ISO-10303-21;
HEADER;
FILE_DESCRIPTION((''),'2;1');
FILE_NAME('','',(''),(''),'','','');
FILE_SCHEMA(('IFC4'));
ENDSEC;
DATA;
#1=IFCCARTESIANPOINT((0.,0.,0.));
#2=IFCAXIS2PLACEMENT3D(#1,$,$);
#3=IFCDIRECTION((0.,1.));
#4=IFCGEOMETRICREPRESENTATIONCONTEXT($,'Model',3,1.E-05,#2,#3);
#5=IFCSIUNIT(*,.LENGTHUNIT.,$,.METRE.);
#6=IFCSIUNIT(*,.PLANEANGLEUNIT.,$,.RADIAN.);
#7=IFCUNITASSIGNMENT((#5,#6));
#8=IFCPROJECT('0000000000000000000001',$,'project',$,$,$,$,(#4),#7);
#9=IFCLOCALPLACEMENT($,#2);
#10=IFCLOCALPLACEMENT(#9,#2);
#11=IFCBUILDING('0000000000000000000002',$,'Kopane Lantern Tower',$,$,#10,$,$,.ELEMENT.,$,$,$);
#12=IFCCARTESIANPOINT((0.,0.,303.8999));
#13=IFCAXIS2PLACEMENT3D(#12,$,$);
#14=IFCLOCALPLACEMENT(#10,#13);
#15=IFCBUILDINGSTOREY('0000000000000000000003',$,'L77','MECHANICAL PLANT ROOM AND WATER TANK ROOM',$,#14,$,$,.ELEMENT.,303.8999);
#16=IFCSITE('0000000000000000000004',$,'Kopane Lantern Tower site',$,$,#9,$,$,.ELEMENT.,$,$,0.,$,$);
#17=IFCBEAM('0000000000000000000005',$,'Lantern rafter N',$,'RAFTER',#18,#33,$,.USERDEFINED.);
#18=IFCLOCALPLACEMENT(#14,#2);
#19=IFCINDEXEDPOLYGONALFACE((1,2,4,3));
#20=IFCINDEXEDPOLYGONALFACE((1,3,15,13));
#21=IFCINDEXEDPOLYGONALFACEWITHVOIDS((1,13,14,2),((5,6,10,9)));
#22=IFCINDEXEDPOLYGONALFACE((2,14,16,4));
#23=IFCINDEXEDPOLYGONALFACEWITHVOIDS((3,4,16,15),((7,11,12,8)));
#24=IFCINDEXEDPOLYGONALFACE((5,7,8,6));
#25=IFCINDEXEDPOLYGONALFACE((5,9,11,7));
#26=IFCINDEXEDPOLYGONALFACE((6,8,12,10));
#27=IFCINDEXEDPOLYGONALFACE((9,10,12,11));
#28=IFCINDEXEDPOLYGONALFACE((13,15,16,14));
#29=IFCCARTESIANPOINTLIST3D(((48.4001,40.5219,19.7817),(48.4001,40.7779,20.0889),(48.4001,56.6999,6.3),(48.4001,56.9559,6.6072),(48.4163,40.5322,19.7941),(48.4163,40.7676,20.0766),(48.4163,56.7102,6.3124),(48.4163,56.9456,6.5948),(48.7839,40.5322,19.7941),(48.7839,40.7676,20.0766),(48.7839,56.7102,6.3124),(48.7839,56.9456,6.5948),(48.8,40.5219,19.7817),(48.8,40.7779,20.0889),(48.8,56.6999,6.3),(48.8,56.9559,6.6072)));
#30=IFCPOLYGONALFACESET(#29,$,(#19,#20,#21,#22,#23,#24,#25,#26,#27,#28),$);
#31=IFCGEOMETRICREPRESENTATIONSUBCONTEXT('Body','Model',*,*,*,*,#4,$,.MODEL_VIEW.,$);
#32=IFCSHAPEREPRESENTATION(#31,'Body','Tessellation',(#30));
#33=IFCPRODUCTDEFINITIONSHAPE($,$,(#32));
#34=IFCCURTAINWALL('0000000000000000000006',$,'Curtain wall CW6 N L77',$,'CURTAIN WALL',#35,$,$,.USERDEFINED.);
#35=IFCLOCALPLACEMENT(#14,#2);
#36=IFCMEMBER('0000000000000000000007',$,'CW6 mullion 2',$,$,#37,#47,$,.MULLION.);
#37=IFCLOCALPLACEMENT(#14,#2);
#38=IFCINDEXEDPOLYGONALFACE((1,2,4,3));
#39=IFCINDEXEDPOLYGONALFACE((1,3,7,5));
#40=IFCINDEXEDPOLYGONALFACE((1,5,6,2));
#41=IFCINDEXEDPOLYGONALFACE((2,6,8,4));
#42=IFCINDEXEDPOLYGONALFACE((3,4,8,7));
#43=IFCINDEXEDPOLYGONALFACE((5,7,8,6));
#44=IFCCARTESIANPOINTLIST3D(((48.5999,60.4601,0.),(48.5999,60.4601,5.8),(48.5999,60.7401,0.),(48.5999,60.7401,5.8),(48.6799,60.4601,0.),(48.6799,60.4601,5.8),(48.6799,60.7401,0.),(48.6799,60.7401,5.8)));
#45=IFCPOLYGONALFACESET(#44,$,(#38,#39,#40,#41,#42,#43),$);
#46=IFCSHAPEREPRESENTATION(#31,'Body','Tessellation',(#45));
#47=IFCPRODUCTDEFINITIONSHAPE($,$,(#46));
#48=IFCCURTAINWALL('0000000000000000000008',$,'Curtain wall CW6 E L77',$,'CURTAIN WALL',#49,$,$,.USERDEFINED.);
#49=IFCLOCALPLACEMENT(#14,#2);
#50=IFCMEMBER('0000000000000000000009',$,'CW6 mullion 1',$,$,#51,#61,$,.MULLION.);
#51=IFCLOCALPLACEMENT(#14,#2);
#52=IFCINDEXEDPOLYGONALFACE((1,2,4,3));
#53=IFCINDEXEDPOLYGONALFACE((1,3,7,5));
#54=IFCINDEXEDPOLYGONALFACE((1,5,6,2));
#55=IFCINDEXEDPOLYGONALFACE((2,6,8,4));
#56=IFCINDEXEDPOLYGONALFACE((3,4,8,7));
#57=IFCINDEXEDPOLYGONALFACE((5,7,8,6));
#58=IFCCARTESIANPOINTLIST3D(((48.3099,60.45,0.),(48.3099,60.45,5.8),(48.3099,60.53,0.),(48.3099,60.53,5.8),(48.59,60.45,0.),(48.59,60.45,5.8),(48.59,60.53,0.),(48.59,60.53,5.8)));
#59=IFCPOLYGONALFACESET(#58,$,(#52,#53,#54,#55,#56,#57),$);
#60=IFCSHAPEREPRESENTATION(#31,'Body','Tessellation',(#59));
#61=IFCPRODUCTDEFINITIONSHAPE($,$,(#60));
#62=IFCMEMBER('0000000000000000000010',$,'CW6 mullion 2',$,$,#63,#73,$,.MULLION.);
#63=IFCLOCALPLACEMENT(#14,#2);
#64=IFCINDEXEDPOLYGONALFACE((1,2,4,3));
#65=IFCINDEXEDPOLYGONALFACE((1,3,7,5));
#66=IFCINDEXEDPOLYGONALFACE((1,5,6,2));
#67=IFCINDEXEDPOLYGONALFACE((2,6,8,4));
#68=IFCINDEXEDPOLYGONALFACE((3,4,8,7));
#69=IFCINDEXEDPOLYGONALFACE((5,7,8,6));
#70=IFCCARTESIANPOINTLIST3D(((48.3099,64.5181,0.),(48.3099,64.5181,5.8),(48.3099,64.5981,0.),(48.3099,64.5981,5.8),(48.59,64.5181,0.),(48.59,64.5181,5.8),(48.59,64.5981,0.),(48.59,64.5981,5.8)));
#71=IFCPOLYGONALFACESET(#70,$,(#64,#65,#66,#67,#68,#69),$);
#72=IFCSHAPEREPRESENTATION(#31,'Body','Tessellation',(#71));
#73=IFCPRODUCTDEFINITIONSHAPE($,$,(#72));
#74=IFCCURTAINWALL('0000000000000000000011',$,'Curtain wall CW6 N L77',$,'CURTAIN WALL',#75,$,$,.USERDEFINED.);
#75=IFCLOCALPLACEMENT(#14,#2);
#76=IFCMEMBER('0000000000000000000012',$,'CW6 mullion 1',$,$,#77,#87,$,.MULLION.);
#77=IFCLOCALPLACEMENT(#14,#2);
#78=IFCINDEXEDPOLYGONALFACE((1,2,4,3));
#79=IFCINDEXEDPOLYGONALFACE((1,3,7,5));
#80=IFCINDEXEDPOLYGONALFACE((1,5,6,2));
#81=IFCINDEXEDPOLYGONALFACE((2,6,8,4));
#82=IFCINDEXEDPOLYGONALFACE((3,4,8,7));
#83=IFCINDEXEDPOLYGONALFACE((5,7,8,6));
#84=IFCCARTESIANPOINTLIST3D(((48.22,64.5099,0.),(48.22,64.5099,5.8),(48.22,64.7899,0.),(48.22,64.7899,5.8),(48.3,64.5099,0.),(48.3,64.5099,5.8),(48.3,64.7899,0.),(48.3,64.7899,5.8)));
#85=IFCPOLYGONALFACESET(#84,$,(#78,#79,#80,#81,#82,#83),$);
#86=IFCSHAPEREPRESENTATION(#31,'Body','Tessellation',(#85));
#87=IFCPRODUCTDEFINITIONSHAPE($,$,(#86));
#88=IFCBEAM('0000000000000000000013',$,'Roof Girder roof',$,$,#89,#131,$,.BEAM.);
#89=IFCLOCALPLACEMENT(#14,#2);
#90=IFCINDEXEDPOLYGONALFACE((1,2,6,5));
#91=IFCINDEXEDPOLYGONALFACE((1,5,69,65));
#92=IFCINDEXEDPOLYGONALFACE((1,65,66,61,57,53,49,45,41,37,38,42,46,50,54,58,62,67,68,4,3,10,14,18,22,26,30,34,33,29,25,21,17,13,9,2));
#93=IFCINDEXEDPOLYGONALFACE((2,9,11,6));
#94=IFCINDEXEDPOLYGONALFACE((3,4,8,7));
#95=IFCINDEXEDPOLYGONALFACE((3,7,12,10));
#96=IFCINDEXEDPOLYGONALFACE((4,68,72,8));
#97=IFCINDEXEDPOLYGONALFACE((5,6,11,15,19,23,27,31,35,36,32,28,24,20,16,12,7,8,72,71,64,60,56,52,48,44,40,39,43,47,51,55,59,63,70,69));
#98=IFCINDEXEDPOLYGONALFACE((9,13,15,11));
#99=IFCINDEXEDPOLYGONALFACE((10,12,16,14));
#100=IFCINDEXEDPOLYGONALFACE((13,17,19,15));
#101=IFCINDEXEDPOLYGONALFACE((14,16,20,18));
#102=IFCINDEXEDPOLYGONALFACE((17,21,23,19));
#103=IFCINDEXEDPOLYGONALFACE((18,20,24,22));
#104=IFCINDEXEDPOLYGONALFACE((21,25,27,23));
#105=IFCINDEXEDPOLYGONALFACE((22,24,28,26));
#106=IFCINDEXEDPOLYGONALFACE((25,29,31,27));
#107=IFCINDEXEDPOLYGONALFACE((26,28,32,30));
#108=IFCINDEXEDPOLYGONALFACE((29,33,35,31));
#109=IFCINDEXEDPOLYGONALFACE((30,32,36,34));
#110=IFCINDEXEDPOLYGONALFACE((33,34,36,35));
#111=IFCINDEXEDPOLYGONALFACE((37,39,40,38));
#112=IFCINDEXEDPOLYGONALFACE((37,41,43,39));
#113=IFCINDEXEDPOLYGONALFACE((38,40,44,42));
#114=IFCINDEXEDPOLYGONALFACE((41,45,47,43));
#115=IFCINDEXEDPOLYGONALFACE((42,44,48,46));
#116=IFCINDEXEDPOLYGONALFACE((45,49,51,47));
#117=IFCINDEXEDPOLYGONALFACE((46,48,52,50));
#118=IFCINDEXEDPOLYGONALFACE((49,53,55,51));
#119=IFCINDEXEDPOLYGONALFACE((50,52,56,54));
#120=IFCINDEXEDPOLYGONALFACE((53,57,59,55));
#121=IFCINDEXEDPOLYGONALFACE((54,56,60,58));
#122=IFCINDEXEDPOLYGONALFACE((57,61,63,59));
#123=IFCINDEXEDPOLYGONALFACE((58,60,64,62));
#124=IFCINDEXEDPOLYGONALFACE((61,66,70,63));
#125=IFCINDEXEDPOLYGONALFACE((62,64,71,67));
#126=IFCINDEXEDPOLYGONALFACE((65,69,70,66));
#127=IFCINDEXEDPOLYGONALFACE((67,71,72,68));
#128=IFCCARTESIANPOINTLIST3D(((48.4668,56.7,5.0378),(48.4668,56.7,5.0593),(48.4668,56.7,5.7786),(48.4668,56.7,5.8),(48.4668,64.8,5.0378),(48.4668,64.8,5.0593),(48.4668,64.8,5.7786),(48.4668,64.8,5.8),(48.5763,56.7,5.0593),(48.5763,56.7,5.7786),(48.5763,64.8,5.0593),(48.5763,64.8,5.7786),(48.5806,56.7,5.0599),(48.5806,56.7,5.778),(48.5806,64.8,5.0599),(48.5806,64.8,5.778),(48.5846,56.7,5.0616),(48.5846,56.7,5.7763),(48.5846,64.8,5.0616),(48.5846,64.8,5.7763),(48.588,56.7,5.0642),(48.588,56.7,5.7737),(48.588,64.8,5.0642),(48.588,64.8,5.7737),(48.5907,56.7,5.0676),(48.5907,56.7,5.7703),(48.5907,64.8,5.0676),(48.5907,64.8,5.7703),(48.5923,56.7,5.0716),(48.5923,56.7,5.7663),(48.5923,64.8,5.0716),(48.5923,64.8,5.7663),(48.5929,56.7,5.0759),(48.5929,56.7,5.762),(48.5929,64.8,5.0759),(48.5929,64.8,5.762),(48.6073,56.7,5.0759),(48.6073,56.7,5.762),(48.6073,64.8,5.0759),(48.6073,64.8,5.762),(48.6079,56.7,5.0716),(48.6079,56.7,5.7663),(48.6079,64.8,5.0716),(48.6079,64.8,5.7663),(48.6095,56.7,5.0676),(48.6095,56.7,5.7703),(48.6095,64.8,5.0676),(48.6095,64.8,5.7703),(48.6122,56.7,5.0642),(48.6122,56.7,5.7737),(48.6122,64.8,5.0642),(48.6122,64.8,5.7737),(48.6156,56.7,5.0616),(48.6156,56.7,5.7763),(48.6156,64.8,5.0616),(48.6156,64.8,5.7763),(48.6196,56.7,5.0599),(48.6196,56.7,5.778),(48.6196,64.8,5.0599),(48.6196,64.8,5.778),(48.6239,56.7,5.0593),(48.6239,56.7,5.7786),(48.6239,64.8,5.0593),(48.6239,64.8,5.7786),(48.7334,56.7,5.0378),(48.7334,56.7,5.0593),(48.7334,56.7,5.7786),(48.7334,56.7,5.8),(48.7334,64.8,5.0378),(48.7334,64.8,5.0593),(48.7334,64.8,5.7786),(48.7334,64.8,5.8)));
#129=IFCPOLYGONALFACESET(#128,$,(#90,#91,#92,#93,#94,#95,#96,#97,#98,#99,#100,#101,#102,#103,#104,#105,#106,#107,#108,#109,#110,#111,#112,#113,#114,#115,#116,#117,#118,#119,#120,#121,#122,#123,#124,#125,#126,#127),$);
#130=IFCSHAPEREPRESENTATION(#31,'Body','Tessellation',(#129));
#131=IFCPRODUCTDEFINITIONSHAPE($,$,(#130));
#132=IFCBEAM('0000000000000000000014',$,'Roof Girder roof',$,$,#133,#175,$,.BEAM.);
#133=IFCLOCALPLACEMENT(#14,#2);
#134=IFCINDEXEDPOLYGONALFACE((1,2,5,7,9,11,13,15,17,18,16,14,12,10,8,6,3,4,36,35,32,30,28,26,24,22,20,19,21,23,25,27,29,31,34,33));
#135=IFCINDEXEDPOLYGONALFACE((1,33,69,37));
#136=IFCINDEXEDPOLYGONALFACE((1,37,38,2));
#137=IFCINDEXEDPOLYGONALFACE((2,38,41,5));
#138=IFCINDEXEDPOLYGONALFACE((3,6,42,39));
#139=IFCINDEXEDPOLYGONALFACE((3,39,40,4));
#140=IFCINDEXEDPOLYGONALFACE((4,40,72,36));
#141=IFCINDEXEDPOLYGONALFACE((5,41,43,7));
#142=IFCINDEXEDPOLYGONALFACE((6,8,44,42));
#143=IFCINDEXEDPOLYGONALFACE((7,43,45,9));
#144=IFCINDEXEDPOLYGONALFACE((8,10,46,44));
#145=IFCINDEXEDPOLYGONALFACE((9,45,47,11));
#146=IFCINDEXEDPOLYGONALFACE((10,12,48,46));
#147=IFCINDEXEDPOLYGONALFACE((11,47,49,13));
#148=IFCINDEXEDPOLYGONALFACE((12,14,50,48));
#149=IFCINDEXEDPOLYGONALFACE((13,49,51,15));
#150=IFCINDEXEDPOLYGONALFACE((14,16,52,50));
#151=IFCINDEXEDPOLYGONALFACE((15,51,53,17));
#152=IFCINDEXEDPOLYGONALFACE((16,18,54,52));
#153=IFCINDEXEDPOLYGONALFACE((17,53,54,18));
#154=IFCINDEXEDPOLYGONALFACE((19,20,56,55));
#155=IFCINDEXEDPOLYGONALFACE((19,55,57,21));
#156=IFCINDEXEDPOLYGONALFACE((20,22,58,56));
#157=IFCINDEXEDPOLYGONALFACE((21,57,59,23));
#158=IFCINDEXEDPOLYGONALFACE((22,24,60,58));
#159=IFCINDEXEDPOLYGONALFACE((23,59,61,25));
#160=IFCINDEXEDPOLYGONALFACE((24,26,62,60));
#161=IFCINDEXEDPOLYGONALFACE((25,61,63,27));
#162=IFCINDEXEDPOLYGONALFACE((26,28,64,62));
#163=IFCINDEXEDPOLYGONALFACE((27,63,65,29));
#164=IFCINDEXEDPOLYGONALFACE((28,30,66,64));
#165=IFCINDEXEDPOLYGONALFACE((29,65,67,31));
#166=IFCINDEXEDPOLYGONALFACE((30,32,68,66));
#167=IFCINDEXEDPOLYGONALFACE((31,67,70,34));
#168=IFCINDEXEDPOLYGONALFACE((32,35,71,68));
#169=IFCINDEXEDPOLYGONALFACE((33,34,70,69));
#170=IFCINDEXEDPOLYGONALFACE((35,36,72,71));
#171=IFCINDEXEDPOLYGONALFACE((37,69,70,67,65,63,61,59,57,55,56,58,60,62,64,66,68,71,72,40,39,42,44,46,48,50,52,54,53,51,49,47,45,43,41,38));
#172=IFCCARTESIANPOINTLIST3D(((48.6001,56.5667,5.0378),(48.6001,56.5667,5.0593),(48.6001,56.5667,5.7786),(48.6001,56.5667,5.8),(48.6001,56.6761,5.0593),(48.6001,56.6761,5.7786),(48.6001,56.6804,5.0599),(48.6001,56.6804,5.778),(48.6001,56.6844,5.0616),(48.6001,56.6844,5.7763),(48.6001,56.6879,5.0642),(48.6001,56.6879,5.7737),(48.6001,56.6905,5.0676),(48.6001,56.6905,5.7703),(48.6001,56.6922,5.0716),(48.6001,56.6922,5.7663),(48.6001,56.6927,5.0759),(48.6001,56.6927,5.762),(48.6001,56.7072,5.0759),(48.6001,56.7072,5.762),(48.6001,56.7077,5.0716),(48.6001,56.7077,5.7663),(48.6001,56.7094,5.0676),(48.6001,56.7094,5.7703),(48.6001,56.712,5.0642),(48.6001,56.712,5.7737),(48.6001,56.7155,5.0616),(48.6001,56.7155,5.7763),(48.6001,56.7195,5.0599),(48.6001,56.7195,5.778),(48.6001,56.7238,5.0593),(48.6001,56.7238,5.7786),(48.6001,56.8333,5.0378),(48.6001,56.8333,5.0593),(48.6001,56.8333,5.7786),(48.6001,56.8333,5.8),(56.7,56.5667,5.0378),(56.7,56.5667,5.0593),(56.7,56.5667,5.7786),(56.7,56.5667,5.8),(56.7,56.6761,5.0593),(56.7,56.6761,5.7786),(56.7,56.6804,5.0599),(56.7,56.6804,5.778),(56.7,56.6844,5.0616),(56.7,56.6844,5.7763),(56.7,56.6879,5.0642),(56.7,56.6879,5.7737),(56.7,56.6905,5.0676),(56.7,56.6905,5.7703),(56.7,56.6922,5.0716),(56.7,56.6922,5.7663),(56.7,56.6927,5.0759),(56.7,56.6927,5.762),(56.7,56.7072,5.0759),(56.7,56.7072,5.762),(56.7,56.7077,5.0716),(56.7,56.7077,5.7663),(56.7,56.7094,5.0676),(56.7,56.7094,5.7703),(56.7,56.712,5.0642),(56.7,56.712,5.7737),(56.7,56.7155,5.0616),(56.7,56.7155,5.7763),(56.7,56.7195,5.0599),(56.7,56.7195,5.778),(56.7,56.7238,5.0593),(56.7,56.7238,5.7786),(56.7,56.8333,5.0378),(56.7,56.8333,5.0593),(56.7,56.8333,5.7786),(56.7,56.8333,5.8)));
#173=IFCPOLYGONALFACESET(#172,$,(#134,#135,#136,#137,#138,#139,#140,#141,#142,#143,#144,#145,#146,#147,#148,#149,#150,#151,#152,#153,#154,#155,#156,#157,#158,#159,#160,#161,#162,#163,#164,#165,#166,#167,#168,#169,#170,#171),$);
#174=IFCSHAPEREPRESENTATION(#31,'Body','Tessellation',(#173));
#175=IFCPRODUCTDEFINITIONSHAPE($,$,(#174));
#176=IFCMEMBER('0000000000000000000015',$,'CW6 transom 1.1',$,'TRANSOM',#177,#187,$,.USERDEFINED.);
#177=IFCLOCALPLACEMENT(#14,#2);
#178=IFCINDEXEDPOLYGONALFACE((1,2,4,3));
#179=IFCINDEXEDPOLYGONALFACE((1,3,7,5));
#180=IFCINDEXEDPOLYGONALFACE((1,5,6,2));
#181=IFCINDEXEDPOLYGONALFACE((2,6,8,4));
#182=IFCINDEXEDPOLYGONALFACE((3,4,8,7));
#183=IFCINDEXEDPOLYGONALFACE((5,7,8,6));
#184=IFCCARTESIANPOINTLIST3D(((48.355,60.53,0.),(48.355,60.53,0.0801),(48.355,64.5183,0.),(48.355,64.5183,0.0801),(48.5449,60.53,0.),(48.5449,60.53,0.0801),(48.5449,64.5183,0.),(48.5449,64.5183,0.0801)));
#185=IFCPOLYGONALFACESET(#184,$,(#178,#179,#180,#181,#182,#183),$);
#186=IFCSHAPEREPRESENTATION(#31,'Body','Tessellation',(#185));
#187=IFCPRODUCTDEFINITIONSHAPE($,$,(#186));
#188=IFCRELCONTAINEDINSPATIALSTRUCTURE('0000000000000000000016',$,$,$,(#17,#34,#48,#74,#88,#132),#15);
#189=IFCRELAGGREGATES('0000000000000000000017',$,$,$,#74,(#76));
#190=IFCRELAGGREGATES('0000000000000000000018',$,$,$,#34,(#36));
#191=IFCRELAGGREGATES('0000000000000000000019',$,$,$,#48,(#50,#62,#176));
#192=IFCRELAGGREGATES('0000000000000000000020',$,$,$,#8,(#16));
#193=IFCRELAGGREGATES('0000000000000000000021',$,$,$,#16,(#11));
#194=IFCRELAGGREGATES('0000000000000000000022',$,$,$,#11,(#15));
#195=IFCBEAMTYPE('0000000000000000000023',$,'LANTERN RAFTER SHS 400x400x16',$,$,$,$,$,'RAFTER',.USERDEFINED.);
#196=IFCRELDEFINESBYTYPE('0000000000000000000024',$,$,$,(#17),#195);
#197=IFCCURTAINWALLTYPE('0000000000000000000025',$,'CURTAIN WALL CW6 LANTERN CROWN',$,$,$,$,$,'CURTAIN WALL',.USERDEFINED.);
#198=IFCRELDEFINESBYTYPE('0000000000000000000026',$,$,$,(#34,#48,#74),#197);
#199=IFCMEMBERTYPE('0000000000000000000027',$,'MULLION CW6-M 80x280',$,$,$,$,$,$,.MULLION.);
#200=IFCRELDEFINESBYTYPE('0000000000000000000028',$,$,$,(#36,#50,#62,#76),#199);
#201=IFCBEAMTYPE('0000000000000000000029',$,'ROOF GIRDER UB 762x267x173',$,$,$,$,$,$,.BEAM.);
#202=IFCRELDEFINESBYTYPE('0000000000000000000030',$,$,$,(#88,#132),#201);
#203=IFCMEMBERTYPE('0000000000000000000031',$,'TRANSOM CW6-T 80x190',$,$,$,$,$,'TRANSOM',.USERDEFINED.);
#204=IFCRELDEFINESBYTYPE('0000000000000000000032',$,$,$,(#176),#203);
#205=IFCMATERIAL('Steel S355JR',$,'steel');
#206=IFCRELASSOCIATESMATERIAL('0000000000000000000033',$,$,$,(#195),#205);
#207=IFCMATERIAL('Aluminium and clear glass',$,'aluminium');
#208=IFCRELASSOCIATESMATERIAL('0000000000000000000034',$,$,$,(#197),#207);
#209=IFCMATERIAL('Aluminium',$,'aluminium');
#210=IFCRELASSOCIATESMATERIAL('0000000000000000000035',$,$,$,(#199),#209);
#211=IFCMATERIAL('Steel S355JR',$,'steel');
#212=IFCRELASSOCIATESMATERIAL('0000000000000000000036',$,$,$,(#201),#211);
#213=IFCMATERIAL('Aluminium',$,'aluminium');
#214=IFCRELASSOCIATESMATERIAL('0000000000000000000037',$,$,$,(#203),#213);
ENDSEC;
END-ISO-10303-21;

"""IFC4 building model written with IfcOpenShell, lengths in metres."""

from ifc_helpers import new_model, si_unit, direction, frame, origin, origin_2d, place, context, subcontext, project, spatial, rectangle, hollow_rectangle, i_section, extrude, material, material_profile, profile_set, type_object, element, aggregate, save


model = new_model("IFC4")

# Units and contexts
model_context = context("Model", 3, precision=1e-05, world=origin(), true_north=direction((0.0, 1.0)))
body_context = subcontext(model_context, "Body", "Model", "MODEL_VIEW")
ifc_project = project(units=[si_unit("LENGTHUNIT", "METRE"), si_unit("PLANEANGLEUNIT", "RADIAN")], contexts=[model_context])

# Site, building, storey
site_placement = place(None, origin())
site = spatial("IfcSite", under=ifc_project, at=site_placement, Name="Kopane Lantern Tower site", CompositionType="ELEMENT", RefElevation=0.0)
building_placement = place(site_placement, origin())
building = spatial("IfcBuilding", under=site, at=building_placement, Name="Kopane Lantern Tower", CompositionType="ELEMENT")
storey_placement = place(building_placement, frame((0.0, 0.0, 303.8999)))
storey = spatial("IfcBuildingStorey", under=building, at=storey_placement, Name="L77", Description="MECHANICAL PLANT ROOM AND WATER TANK ROOM", CompositionType="ELEMENT", Elevation=303.8999)

# Beam
ifc_material_1 = material(Name="Steel S355JR", Category="steel")
ifc_material_profile_1 = material_profile(ifc_material_1, hollow_rectangle(XDim=0.3999, YDim=0.3999, WallThickness=0.0161, at=origin_2d()), Name="RHS 400x400x16")
ifc_profile_set_1 = profile_set([ifc_material_profile_1], Name="Steel S355JR")
beam_type_1 = type_object("IfcBeamType", Name="LANTERN RAFTER SHS 400x400x16", ElementType="RAFTER", PredefinedType="USERDEFINED", material=ifc_profile_set_1)
beam_1_placement = place(storey_placement, frame((48.6001, 56.8279, 6.4536), z_axis=(0.0, -0.76822, 0.640186), x_axis=(1.0, 0.0, 0.0)))
element("IfcBeam", 1, at=beam_1_placement, inside=storey, type_object=beam_type_1, Name="Lantern rafter N", ObjectType="RAFTER", PredefinedType="USERDEFINED", context=body_context, shape_type="SweptSolid", body=[
    extrude(hollow_rectangle(XDim=0.3999, YDim=0.3999, WallThickness=0.0161, at=origin_2d()), origin(), (0.0, 0.0, 1.0), 21.0591),
])

# Curtain wall, member
ifc_material_2 = material(Name="Aluminium and clear glass", Category="aluminium")
curtain_wall_type = type_object("IfcCurtainWallType", Name="CURTAIN WALL CW6 LANTERN CROWN", ElementType="CURTAIN WALL", PredefinedType="USERDEFINED", material=ifc_material_2)
curtain_wall_1_placement = place(storey_placement, origin())
curtain_wall_1 = element("IfcCurtainWall", 2, at=curtain_wall_1_placement, inside=storey, type_object=curtain_wall_type, Name="Curtain wall CW6 N L77", ObjectType="CURTAIN WALL", PredefinedType="USERDEFINED")
ifc_material_3 = material(Name="Aluminium", Category="aluminium")
ifc_material_profile_2 = material_profile(ifc_material_3, rectangle(XDim=0.0801, YDim=0.28, at=origin_2d()), Name="AL 80x280")
ifc_profile_set_2 = profile_set([ifc_material_profile_2], Name="Aluminium")
member_type_1 = type_object("IfcMemberType", Name="MULLION CW6-M 80x280", PredefinedType="MULLION", material=ifc_profile_set_2)
member_1_placement = place(storey_placement, frame((48.6399, 60.6001, 0.0), z_axis=(0.0, 0.0, 1.0), x_axis=(-1.0, 0.0, 0.0)))
member_1 = element("IfcMember", 3, at=member_1_placement, type_object=member_type_1, Name="CW6 mullion 2", PredefinedType="MULLION", context=body_context, shape_type="SweptSolid", body=[
    extrude(rectangle(XDim=0.0801, YDim=0.28, at=origin_2d()), origin(), (0.0, 0.0, 1.0), 5.8),
])

# Curtain wall, members
curtain_wall_2_placement = place(storey_placement, origin())
curtain_wall_2 = element("IfcCurtainWall", 4, at=curtain_wall_2_placement, inside=storey, type_object=curtain_wall_type, Name="Curtain wall CW6 E L77", ObjectType="CURTAIN WALL", PredefinedType="USERDEFINED")
member_2_placement = place(storey_placement, frame((48.45, 60.49, 0.0), z_axis=(0.0, 0.0, 1.0), x_axis=(0.0, 1.0, 0.0)))
member_2 = element("IfcMember", 5, at=member_2_placement, type_object=member_type_1, Name="CW6 mullion 1", PredefinedType="MULLION", context=body_context, shape_type="SweptSolid", body=[
    extrude(rectangle(XDim=0.0801, YDim=0.28, at=origin_2d()), origin(), (0.0, 0.0, 1.0), 5.8),
])
member_3_placement = place(storey_placement, frame((48.45, 64.5581, 0.0), z_axis=(0.0, 0.0, 1.0), x_axis=(0.0, 1.0, 0.0)))
member_3 = element("IfcMember", 6, at=member_3_placement, type_object=member_type_1, Name="CW6 mullion 2", PredefinedType="MULLION", context=body_context, shape_type="SweptSolid", body=[
    extrude(rectangle(XDim=0.0801, YDim=0.28, at=origin_2d()), origin(), (0.0, 0.0, 1.0), 5.8),
])

# Curtain wall, member
curtain_wall_3_placement = place(storey_placement, origin())
curtain_wall_3 = element("IfcCurtainWall", 7, at=curtain_wall_3_placement, inside=storey, type_object=curtain_wall_type, Name="Curtain wall CW6 N L77", ObjectType="CURTAIN WALL", PredefinedType="USERDEFINED")
member_4_placement = place(storey_placement, frame((48.26, 64.6499, 0.0), z_axis=(0.0, 0.0, 1.0), x_axis=(-1.0, 0.0, 0.0)))
member_4 = element("IfcMember", 8, at=member_4_placement, type_object=member_type_1, Name="CW6 mullion 1", PredefinedType="MULLION", context=body_context, shape_type="SweptSolid", body=[
    extrude(rectangle(XDim=0.0801, YDim=0.28, at=origin_2d()), origin(), (0.0, 0.0, 1.0), 5.8),
])

# Beams
ifc_material_4 = material(Name="Steel S355JR", Category="steel")
ifc_material_profile_3 = material_profile(ifc_material_4, i_section(OverallWidth=0.2666, OverallDepth=0.7622, WebThickness=0.0144, FlangeThickness=0.0215, FilletRadius=0.0166, at=origin_2d()), Name="UB 762x267x173")
ifc_profile_set_3 = profile_set([ifc_material_profile_3], Name="Steel S355JR")
beam_type_2 = type_object("IfcBeamType", Name="ROOF GIRDER UB 762x267x173", PredefinedType="BEAM", material=ifc_profile_set_3)
beam_2_placement = place(storey_placement, frame((48.6001, 56.7, 5.4189), z_axis=(0.0, 1.0, 0.0), x_axis=(-1.0, 0.0, 0.0)))
element("IfcBeam", 9, at=beam_2_placement, inside=storey, type_object=beam_type_2, Name="Roof Girder roof", PredefinedType="BEAM", context=body_context, shape_type="SweptSolid", body=[
    extrude(i_section(OverallWidth=0.2666, OverallDepth=0.7622, WebThickness=0.0144, FlangeThickness=0.0215, FilletRadius=0.0166, at=origin_2d()), origin(), (0.0, 0.0, 1.0), 8.1001),
])
beam_3_placement = place(storey_placement, frame((48.6001, 56.7, 5.4189), z_axis=(1.0, 0.0, 0.0), x_axis=(0.0, 1.0, 0.0)))
element("IfcBeam", 10, at=beam_3_placement, inside=storey, type_object=beam_type_2, Name="Roof Girder roof", PredefinedType="BEAM", context=body_context, shape_type="SweptSolid", body=[
    extrude(i_section(OverallWidth=0.2666, OverallDepth=0.7622, WebThickness=0.0144, FlangeThickness=0.0215, FilletRadius=0.0166, at=origin_2d()), origin(), (0.0, 0.0, 1.0), 8.0999),
])

# Member
ifc_material_5 = material(Name="Aluminium", Category="aluminium")
ifc_material_profile_4 = material_profile(ifc_material_5, rectangle(XDim=0.1899, YDim=0.0801, at=origin_2d()), Name="AL 190x80")
ifc_profile_set_4 = profile_set([ifc_material_profile_4], Name="Aluminium")
member_type_2 = type_object("IfcMemberType", Name="TRANSOM CW6-T 80x190", ElementType="TRANSOM", PredefinedType="USERDEFINED", material=ifc_profile_set_4)
member_5_placement = place(storey_placement, frame((48.45, 60.53, 0.04), z_axis=(0.0, 1.0, 0.0), x_axis=(-1.0, 0.0, 0.0)))
member_5 = element("IfcMember", 11, at=member_5_placement, type_object=member_type_2, Name="CW6 transom 1.1", ObjectType="TRANSOM", PredefinedType="USERDEFINED", context=body_context, shape_type="SweptSolid", body=[
    extrude(rectangle(XDim=0.1899, YDim=0.0801, at=origin_2d()), origin(), (0.0, 0.0, 1.0), 3.9883),
])
aggregate(curtain_wall_3, [member_4])

aggregate(curtain_wall_1, [member_1])
aggregate(curtain_wall_2, [member_2, member_3, member_5])

save(model, "model.ifc")
